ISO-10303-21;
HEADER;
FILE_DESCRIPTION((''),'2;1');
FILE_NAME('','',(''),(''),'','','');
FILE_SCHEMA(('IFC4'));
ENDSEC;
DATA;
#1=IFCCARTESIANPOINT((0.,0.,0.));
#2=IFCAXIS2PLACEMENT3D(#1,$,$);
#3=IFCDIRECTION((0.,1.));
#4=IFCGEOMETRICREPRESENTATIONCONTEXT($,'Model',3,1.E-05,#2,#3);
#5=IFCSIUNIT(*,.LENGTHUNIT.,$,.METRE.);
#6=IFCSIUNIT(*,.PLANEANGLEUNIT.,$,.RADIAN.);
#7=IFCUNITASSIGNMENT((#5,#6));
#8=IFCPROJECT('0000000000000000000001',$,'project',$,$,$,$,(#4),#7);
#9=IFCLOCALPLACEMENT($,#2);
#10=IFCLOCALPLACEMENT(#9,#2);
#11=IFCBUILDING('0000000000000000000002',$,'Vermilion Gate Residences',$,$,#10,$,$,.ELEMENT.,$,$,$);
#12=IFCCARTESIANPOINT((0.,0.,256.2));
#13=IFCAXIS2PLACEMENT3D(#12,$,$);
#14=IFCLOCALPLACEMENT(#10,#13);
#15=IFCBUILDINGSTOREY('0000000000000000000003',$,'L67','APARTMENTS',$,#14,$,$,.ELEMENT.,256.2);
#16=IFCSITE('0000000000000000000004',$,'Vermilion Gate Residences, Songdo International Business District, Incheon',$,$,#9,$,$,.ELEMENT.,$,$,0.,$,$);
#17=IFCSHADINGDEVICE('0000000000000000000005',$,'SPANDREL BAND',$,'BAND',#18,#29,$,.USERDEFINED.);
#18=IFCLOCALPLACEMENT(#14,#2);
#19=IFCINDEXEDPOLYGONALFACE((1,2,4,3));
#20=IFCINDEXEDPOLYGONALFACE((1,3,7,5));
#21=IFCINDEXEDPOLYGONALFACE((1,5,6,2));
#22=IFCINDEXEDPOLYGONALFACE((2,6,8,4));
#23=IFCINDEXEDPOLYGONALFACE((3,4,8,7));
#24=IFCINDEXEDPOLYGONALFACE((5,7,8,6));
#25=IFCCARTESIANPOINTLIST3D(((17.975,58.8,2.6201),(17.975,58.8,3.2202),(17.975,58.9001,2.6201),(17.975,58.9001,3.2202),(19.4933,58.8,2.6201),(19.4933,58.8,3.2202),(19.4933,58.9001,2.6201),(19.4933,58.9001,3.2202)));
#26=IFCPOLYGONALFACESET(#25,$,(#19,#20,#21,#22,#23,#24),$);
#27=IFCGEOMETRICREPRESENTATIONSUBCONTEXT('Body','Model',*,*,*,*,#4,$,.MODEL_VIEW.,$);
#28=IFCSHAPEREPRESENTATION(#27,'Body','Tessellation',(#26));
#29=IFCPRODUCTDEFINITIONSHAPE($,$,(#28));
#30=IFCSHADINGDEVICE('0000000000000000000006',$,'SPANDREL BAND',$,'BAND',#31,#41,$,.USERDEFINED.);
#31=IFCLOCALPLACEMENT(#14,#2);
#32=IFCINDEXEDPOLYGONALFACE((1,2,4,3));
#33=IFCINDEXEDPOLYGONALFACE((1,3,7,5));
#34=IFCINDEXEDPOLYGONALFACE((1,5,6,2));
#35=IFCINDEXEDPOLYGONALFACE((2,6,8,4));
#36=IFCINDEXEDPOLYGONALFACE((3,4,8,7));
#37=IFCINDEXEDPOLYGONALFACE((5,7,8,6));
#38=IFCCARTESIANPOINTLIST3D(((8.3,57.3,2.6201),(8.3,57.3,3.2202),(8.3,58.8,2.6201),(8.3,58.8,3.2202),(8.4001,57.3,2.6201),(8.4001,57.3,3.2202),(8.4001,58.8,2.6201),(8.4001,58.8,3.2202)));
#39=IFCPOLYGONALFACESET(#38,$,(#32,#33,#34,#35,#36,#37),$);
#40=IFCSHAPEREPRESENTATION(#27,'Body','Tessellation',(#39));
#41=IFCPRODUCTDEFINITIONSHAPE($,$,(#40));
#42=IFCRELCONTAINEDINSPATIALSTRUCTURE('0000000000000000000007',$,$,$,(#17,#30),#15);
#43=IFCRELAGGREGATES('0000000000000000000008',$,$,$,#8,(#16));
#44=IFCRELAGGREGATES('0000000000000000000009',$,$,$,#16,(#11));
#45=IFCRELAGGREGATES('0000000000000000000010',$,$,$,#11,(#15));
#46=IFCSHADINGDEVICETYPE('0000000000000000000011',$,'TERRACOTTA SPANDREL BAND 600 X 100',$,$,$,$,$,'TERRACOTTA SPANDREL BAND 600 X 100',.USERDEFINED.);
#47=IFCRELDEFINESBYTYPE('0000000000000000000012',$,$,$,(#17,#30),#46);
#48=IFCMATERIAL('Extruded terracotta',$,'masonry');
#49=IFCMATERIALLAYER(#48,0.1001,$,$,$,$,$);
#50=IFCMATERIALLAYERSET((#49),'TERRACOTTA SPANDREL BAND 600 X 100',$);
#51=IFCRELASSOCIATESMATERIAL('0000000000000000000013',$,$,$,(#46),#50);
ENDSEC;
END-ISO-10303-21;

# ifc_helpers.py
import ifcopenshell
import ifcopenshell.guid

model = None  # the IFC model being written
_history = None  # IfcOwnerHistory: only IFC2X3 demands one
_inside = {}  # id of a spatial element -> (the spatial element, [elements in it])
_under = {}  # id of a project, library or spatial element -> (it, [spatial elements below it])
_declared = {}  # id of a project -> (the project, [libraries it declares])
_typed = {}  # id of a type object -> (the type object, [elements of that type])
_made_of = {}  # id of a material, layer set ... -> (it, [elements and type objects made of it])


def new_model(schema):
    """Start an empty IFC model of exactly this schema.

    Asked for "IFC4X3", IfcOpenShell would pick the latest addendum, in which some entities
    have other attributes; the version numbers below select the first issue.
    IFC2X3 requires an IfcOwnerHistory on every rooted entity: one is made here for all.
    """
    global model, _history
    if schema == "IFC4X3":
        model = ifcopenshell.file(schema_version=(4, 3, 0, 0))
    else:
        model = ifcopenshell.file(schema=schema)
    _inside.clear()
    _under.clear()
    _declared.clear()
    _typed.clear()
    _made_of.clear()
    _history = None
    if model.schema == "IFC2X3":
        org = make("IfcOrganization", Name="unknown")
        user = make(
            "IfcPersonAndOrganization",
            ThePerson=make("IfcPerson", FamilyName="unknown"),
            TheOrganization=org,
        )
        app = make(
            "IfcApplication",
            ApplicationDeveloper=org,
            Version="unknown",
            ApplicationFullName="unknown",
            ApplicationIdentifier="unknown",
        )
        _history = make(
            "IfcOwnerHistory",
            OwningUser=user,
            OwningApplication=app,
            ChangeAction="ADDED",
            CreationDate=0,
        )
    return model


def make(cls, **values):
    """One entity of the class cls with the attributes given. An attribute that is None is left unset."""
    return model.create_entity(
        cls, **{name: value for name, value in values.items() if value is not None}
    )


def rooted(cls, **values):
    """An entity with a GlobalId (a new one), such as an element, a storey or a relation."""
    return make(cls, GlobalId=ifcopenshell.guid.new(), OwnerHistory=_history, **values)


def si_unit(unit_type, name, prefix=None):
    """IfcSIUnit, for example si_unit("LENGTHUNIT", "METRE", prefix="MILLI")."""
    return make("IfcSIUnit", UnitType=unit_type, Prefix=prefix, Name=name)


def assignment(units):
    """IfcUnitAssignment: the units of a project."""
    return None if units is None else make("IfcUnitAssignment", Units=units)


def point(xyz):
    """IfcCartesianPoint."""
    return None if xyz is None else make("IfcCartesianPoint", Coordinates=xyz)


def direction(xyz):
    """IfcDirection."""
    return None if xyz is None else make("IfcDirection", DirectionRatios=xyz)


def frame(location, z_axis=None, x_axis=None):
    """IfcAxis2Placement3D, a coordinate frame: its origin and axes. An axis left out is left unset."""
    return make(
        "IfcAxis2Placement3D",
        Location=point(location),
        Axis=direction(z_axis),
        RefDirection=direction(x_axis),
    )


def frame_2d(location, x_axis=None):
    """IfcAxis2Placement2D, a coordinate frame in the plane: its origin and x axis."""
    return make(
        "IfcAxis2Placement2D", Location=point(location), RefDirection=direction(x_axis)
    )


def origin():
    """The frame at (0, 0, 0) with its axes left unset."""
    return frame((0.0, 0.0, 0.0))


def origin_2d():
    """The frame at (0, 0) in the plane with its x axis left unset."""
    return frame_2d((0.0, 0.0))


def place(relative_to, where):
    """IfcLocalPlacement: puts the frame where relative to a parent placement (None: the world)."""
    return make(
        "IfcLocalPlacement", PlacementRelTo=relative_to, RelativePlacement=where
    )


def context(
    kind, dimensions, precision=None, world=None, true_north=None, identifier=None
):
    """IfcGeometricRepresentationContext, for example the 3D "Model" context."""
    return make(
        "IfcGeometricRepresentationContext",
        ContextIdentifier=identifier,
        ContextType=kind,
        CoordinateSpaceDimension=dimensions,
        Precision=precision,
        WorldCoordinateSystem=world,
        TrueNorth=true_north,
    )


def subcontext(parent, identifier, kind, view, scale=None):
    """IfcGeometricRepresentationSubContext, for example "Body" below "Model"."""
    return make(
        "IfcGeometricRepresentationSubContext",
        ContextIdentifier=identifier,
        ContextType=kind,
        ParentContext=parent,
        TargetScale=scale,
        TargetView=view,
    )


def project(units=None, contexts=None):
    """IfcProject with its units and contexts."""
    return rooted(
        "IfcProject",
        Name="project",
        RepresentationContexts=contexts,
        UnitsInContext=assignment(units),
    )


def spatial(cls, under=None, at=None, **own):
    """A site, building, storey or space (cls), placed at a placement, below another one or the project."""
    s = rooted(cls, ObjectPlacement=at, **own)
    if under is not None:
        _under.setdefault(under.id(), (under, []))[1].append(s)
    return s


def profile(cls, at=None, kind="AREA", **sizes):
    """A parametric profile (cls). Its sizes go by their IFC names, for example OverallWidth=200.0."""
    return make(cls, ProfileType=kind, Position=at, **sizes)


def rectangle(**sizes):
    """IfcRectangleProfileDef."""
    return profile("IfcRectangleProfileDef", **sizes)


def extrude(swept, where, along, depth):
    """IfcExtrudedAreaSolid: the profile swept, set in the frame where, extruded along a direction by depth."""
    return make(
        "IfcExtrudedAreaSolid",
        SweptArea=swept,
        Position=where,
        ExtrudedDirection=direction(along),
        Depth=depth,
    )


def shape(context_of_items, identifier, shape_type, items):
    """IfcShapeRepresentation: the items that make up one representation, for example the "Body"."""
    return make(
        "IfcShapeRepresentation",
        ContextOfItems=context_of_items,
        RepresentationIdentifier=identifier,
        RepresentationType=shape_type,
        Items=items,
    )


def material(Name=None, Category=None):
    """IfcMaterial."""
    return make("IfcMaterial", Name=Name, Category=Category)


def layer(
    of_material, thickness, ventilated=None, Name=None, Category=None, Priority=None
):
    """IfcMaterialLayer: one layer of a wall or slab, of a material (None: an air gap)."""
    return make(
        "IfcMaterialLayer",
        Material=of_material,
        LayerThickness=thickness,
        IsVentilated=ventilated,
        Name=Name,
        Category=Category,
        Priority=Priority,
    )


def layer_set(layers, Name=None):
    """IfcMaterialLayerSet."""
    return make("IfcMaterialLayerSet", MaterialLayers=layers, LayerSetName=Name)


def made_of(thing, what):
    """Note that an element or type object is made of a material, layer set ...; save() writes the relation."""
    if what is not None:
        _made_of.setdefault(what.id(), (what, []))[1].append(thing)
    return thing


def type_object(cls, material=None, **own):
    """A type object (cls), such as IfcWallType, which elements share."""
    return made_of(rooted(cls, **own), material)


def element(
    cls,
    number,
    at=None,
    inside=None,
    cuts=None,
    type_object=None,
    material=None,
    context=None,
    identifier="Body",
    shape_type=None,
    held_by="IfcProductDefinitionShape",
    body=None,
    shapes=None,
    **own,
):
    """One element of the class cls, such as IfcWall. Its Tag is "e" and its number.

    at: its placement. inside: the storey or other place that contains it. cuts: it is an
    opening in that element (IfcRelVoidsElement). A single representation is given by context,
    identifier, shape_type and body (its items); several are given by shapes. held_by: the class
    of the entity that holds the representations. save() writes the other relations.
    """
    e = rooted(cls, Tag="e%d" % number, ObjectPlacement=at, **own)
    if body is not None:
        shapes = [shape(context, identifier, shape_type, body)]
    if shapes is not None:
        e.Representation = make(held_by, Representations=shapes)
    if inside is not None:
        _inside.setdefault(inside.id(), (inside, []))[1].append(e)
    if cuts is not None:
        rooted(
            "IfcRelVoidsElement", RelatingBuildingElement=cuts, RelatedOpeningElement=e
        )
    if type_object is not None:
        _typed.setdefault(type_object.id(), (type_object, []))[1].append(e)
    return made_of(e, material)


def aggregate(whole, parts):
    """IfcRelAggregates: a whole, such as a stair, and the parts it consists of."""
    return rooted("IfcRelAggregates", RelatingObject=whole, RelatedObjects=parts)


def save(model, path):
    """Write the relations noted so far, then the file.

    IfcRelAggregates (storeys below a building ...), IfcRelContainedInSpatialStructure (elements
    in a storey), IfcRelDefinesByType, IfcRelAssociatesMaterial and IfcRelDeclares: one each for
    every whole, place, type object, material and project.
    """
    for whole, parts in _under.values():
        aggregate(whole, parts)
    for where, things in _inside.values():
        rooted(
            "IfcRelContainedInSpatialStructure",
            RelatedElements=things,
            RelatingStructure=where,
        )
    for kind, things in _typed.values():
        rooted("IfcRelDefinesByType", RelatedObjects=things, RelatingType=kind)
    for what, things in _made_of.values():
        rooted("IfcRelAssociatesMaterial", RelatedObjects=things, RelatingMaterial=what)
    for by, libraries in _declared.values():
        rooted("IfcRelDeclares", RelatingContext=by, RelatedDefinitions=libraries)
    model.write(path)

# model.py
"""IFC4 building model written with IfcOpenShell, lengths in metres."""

from ifc_helpers import new_model, si_unit, direction, frame, origin, origin_2d, place, context, subcontext, project, spatial, rectangle, extrude, material, layer, layer_set, type_object, element, save


model = new_model("IFC4")

# Units and contexts
model_context = context("Model", 3, precision=1e-05, world=origin(), true_north=direction((0.0, 1.0)))
body_context = subcontext(model_context, "Body", "Model", "MODEL_VIEW")
ifc_project = project(units=[si_unit("LENGTHUNIT", "METRE"), si_unit("PLANEANGLEUNIT", "RADIAN")], contexts=[model_context])

# Site, building, storey
site_placement = place(None, origin())
site = spatial("IfcSite", under=ifc_project, at=site_placement, Name="Vermilion Gate Residences, Songdo International Business District, Incheon", CompositionType="ELEMENT", RefElevation=0.0)
building_placement = place(site_placement, origin())
building = spatial("IfcBuilding", under=site, at=building_placement, Name="Vermilion Gate Residences", CompositionType="ELEMENT")
storey_placement = place(building_placement, frame((0.0, 0.0, 256.2)))
storey = spatial("IfcBuildingStorey", under=building, at=storey_placement, Name="L67", Description="APARTMENTS", CompositionType="ELEMENT", Elevation=256.2)

# Shading devices
ifc_material_1 = material(Name="Extruded terracotta", Category="masonry")
ifc_layer_1 = layer(ifc_material_1, 0.1001)
ifc_layer_set_1 = layer_set([ifc_layer_1], Name="TERRACOTTA SPANDREL BAND 600 X 100")
shading_device_type = type_object("IfcShadingDeviceType", Name="TERRACOTTA SPANDREL BAND 600 X 100", ElementType="TERRACOTTA SPANDREL BAND 600 X 100", PredefinedType="USERDEFINED", material=ifc_layer_set_1)
shading_device_1_placement = place(storey_placement, frame((18.7341, 58.8501, 2.6201), z_axis=(0.0, 0.0, 1.0), x_axis=(1.0, 0.0, 0.0)))
element("IfcShadingDevice", 1, at=shading_device_1_placement, inside=storey, type_object=shading_device_type, Name="SPANDREL BAND", ObjectType="BAND", PredefinedType="USERDEFINED", context=body_context, shape_type="SweptSolid", body=[
    extrude(rectangle(XDim=1.5183, YDim=0.1001, at=origin_2d()), origin(), (0.0, 0.0, 1.0), 0.6001),
])
shading_device_2_placement = place(storey_placement, frame((8.3501, 58.05, 2.6201), z_axis=(0.0, 0.0, 1.0), x_axis=(0.0, 1.0, 0.0)))
element("IfcShadingDevice", 2, at=shading_device_2_placement, inside=storey, type_object=shading_device_type, Name="SPANDREL BAND", ObjectType="BAND", PredefinedType="USERDEFINED", context=body_context, shape_type="SweptSolid", body=[
    extrude(rectangle(XDim=1.5, YDim=0.1001, at=origin_2d()), origin(), (0.0, 0.0, 1.0), 0.6001),
])

save(model, "model.ifc")
